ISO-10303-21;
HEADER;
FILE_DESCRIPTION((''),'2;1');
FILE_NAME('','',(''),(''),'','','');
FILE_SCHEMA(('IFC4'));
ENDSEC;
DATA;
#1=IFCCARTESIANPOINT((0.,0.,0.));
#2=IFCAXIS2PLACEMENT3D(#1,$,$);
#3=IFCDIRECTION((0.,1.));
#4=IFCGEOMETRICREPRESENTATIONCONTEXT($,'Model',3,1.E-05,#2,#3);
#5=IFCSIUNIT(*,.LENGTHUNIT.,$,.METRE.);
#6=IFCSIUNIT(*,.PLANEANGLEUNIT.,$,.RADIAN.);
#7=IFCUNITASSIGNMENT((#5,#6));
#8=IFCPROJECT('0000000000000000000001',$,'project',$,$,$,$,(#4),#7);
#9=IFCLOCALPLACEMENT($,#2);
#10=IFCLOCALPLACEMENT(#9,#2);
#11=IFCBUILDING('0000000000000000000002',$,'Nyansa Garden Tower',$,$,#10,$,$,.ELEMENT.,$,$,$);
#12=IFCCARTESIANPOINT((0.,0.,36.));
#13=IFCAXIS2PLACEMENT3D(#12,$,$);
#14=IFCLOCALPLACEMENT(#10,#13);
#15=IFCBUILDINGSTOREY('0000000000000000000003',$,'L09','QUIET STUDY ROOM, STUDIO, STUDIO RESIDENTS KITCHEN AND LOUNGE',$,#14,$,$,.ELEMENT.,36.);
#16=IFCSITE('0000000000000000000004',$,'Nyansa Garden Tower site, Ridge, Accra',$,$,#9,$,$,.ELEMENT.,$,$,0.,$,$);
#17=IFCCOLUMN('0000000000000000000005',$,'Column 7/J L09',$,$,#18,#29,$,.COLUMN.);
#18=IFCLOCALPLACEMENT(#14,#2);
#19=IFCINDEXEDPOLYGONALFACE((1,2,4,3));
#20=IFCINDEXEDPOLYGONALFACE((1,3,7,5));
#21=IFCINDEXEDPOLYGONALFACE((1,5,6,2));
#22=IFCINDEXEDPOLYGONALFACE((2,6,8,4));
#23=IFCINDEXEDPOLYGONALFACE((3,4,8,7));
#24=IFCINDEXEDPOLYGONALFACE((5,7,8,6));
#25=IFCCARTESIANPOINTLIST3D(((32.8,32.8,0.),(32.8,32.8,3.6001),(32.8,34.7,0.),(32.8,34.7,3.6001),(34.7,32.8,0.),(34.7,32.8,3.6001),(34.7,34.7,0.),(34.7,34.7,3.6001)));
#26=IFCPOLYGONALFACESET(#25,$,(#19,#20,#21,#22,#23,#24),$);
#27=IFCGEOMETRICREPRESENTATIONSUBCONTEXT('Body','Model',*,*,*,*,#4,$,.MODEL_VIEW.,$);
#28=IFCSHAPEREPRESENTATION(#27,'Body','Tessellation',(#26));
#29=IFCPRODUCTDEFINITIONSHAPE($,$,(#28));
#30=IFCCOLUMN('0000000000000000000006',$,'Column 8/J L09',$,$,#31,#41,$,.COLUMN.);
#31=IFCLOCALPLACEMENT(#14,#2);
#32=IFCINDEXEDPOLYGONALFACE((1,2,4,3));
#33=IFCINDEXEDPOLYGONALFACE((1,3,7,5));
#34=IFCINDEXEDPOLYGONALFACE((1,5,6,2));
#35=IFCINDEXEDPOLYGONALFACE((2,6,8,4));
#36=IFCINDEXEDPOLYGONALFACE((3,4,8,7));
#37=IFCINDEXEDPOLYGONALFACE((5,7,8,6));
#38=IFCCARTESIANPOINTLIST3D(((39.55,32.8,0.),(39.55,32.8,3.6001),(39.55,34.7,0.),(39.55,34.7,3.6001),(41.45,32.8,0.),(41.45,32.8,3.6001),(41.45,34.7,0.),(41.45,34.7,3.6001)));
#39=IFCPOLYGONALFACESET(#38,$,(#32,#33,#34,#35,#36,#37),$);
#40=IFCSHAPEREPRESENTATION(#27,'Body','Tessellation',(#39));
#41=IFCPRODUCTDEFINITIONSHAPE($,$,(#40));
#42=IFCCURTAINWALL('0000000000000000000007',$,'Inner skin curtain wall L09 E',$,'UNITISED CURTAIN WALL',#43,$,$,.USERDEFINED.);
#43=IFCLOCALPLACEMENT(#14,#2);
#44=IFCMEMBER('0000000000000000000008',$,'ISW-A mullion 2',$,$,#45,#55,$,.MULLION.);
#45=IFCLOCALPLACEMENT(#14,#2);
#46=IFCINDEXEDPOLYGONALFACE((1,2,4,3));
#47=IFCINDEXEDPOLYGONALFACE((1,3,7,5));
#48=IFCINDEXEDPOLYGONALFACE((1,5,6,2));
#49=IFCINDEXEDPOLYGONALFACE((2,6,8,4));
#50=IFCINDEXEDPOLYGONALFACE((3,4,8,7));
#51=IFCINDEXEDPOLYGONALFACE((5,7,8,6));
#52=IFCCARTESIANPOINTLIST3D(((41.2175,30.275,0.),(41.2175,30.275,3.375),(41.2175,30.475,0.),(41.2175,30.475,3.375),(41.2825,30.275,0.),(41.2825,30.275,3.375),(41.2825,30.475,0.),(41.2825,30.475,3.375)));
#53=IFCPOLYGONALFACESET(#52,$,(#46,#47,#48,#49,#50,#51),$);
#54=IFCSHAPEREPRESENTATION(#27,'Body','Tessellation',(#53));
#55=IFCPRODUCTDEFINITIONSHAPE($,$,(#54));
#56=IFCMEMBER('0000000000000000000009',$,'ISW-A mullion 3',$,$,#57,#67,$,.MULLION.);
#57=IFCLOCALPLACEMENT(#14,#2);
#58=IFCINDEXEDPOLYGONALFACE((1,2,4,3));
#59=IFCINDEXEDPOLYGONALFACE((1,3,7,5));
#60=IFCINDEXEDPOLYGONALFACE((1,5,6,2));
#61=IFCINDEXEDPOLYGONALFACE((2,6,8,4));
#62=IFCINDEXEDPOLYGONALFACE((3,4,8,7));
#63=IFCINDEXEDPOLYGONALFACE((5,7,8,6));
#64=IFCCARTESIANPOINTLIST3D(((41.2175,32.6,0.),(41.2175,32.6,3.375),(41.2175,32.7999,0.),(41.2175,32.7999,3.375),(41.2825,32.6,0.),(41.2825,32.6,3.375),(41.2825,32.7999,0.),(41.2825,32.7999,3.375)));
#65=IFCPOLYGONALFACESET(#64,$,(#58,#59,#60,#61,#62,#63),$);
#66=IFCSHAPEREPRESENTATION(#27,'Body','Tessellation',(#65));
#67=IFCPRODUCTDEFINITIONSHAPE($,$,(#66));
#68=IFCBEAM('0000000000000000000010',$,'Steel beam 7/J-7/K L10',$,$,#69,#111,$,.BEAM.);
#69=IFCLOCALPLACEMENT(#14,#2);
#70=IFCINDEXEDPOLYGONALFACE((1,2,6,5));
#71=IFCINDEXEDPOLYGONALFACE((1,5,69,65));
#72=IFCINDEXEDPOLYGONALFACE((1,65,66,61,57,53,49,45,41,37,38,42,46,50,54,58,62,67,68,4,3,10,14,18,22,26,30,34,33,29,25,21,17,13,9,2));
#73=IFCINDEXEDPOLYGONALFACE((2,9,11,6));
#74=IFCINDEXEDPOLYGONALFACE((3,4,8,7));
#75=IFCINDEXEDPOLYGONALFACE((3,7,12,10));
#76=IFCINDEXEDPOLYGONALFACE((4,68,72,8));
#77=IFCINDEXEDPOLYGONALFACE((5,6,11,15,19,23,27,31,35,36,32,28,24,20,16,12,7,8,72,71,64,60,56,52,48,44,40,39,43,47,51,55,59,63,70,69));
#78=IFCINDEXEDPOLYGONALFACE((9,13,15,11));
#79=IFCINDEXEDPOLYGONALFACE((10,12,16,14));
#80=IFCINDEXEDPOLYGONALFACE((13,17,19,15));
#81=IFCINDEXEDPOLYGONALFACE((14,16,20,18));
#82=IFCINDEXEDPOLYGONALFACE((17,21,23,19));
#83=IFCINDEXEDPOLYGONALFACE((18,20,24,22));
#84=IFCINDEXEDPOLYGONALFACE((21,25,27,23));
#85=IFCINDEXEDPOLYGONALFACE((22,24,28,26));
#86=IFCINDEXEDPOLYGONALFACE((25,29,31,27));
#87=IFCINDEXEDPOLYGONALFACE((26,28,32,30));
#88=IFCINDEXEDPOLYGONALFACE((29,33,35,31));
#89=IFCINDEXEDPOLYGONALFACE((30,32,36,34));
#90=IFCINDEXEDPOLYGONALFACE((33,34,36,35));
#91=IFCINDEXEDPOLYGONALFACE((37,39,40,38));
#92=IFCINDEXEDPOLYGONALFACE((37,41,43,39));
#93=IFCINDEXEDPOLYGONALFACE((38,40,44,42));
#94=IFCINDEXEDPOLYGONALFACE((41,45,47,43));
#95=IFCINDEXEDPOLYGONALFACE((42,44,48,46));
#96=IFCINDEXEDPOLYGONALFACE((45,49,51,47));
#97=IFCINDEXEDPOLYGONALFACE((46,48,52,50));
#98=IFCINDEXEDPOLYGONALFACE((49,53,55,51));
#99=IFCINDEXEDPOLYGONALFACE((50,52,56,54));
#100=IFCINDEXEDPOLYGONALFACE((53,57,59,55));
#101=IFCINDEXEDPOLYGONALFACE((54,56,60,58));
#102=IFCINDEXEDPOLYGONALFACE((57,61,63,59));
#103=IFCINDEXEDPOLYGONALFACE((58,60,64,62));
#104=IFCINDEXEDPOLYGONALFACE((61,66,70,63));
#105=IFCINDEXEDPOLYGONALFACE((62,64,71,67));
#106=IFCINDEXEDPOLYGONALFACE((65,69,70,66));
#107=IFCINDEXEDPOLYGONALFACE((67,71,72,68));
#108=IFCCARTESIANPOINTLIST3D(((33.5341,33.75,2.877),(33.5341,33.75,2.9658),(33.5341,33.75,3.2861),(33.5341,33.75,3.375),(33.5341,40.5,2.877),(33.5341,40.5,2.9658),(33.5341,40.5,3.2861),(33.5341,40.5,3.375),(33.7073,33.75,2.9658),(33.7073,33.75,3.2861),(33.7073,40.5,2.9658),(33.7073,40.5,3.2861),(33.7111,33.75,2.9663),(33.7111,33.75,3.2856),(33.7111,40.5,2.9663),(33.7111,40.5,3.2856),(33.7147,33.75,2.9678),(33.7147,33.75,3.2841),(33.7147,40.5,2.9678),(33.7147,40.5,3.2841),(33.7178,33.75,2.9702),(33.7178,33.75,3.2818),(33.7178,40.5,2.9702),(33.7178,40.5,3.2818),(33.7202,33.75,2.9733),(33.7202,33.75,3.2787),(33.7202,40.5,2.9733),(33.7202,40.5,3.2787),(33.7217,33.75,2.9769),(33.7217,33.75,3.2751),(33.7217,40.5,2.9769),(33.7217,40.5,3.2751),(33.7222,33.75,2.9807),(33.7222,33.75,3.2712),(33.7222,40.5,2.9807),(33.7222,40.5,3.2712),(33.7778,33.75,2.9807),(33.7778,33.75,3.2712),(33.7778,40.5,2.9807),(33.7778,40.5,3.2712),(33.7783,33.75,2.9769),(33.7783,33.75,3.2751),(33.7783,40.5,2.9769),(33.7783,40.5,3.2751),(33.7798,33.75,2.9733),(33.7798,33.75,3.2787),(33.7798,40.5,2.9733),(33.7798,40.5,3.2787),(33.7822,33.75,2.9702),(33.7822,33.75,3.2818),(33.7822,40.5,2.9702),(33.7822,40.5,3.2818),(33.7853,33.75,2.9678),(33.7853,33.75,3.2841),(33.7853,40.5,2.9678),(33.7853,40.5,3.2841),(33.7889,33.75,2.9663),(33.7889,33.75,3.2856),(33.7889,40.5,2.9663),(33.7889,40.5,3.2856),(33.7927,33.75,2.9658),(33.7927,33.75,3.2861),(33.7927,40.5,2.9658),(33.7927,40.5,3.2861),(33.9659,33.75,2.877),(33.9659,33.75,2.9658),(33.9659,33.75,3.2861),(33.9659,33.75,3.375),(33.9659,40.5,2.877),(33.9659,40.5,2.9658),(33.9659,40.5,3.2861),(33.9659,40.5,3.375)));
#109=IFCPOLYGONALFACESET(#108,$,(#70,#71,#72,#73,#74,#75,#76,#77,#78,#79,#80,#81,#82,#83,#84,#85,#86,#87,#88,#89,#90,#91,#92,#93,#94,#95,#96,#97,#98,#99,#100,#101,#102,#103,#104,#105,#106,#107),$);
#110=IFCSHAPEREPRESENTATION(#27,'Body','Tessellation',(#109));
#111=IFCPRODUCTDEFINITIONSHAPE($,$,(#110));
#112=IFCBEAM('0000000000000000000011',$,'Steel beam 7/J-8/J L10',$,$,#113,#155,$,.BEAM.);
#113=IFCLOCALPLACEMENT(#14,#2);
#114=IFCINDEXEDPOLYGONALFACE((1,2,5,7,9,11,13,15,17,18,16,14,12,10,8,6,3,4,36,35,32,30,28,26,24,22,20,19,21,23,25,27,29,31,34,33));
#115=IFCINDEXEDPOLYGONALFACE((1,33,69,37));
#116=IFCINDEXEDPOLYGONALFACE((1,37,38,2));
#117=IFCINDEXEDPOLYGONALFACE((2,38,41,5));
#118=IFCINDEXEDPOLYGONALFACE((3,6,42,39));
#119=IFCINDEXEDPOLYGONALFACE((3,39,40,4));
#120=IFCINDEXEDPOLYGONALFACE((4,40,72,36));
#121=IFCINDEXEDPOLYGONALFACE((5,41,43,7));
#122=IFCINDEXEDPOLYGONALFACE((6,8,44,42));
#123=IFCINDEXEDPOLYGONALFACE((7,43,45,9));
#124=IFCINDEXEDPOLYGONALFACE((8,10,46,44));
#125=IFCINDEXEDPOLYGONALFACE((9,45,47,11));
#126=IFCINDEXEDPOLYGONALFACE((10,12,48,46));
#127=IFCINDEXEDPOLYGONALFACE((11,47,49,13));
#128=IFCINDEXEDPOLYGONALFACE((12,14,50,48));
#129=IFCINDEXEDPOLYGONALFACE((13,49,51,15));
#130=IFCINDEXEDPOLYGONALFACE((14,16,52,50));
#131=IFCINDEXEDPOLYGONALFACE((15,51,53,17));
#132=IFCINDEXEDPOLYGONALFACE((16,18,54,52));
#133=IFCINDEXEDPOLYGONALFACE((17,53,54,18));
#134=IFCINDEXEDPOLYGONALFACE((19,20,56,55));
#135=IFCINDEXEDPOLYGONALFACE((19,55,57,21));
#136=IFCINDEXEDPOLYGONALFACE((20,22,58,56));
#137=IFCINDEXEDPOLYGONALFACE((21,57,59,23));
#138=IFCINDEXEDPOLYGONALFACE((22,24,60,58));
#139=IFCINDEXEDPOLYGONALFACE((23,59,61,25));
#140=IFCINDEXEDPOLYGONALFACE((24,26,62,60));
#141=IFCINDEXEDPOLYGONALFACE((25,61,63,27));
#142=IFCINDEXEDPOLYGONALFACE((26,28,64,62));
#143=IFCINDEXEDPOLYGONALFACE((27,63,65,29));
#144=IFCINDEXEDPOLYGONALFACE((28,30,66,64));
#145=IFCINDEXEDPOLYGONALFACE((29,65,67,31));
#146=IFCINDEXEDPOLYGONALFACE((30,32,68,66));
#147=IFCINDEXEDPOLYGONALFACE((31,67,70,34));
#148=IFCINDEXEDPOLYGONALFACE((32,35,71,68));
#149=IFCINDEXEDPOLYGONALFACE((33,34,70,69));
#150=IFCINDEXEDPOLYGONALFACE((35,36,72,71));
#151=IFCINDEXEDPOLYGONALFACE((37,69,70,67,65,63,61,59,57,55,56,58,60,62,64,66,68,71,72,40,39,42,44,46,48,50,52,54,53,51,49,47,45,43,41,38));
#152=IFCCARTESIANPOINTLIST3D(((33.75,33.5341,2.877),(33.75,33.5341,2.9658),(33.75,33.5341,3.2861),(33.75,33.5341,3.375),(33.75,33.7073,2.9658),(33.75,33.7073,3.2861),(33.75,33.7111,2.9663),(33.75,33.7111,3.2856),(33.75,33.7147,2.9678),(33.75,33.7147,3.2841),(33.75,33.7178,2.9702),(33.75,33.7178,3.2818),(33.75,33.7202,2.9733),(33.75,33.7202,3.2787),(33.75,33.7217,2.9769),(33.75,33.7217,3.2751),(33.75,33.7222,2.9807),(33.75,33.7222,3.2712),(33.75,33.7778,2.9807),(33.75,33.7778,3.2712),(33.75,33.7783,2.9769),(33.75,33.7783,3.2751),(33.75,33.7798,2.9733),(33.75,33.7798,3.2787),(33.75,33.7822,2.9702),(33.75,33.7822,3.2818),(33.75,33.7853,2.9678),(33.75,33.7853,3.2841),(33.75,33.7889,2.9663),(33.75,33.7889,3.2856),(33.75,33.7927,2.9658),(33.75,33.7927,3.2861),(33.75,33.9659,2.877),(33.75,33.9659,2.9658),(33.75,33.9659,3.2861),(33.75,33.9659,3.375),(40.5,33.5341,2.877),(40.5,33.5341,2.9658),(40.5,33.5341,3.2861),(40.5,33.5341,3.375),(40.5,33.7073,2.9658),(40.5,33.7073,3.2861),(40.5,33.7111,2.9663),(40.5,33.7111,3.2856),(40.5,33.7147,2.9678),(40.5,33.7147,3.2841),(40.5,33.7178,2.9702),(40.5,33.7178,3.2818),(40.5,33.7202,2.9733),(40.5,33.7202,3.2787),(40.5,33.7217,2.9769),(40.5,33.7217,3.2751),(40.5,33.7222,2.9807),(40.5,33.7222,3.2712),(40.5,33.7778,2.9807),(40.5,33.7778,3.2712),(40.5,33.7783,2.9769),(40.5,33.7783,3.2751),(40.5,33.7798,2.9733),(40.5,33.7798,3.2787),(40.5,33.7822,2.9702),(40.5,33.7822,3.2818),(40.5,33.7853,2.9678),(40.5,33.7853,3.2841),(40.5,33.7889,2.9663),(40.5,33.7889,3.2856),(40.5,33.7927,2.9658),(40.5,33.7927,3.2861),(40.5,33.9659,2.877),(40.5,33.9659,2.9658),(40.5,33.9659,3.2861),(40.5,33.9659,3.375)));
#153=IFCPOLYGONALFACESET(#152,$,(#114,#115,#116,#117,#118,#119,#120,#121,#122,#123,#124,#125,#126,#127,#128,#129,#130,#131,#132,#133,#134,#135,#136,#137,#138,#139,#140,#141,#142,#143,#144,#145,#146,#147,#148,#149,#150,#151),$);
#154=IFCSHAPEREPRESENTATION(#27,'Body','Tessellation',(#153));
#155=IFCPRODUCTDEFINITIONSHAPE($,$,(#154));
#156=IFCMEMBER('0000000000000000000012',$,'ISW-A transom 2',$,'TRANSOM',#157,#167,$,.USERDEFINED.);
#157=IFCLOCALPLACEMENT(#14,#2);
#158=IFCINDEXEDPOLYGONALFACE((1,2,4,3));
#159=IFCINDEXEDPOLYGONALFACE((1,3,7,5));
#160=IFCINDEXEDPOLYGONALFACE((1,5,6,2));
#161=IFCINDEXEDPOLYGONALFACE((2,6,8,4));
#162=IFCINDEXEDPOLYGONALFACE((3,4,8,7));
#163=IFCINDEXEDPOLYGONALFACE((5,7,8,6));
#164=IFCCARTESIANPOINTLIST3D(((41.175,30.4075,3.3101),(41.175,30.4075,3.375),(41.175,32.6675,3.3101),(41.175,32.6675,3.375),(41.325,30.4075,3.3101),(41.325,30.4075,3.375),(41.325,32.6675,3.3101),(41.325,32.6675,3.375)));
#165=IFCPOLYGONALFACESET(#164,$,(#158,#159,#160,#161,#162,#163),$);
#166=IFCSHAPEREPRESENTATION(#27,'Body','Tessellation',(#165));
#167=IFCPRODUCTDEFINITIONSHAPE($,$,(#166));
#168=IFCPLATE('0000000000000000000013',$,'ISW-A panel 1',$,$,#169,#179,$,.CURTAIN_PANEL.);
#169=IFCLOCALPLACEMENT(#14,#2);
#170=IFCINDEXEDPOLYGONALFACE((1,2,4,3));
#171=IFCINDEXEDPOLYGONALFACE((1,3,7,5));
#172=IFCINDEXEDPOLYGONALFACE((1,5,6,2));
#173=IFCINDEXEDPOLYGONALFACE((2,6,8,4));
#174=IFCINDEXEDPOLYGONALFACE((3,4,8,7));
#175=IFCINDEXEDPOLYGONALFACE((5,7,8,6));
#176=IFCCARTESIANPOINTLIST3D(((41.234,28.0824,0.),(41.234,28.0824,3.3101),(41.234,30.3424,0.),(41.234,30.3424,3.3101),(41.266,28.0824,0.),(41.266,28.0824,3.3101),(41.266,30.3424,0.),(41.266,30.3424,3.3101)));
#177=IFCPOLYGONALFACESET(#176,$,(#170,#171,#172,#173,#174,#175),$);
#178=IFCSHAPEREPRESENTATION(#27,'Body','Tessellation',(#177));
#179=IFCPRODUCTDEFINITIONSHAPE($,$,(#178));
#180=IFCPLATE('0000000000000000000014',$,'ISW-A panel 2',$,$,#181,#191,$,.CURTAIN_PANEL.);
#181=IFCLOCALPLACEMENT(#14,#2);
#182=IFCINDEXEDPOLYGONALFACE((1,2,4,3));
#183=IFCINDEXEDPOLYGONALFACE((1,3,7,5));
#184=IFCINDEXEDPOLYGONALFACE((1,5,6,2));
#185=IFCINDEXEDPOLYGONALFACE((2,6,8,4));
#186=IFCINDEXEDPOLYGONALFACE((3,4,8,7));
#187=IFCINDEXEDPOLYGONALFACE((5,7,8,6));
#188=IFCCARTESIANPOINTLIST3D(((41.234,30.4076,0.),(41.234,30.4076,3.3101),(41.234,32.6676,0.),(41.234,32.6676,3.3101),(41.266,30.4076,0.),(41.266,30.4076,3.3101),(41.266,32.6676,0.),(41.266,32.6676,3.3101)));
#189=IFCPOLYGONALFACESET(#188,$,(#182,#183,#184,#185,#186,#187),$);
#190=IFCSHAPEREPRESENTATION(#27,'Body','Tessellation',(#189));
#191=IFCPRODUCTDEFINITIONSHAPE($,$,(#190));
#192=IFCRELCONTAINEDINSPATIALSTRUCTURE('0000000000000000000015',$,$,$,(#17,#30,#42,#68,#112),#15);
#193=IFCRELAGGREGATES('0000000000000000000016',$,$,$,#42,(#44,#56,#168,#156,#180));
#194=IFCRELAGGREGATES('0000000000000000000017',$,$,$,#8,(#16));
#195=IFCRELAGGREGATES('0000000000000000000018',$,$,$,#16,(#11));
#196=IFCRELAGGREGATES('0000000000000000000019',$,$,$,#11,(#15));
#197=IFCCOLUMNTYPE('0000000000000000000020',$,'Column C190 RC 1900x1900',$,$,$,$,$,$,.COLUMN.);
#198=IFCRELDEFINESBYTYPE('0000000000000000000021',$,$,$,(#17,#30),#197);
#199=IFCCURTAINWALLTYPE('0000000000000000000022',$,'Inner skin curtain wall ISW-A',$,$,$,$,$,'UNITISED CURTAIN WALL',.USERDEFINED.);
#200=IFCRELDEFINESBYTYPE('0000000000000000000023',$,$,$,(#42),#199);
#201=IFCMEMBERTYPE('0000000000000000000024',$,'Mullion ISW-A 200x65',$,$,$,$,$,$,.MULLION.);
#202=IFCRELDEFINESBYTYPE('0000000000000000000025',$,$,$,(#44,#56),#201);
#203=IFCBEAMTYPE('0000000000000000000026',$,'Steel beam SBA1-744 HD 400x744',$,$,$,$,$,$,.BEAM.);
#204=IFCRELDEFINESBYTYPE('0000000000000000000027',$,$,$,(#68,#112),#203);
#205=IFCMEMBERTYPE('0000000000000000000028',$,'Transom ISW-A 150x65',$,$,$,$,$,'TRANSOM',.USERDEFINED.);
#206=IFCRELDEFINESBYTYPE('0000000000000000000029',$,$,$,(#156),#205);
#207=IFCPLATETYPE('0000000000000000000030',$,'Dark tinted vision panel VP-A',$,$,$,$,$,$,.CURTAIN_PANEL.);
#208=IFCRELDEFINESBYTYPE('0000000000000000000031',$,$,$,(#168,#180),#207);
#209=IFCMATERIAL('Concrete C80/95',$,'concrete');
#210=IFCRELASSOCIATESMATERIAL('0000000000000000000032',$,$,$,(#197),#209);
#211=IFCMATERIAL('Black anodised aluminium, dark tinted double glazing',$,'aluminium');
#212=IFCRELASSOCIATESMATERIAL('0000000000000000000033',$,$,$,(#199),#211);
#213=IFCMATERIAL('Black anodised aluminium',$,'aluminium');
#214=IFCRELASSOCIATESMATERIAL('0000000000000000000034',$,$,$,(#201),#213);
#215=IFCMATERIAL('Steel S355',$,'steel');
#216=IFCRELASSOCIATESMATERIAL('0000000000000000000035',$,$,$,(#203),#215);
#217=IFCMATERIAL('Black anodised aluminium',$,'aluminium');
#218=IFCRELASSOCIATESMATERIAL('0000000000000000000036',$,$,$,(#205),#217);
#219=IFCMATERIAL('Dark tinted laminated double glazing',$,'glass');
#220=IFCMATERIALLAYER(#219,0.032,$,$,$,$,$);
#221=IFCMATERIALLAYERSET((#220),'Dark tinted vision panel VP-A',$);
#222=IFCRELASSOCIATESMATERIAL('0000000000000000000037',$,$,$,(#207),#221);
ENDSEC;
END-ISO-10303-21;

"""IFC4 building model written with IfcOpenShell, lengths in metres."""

from ifc_helpers import new_model, si_unit, direction, frame, origin, origin_2d, place, context, subcontext, project, spatial, rectangle, i_section, extrude, material, layer, layer_set, material_profile, profile_set, type_object, element, aggregate, save


model = new_model("IFC4")

# Units and contexts
model_context = context("Model", 3, precision=1e-05, world=origin(), true_north=direction((0.0, 1.0)))
body_context = subcontext(model_context, "Body", "Model", "MODEL_VIEW")
ifc_project = project(units=[si_unit("LENGTHUNIT", "METRE"), si_unit("PLANEANGLEUNIT", "RADIAN")], contexts=[model_context])

# Site, building, storey
site_placement = place(None, origin())
site = spatial("IfcSite", under=ifc_project, at=site_placement, Name="Nyansa Garden Tower site, Ridge, Accra", CompositionType="ELEMENT", RefElevation=0.0)
building_placement = place(site_placement, origin())
building = spatial("IfcBuilding", under=site, at=building_placement, Name="Nyansa Garden Tower", CompositionType="ELEMENT")
storey_placement = place(building_placement, frame((0.0, 0.0, 36.0)))
storey = spatial("IfcBuildingStorey", under=building, at=storey_placement, Name="L09", Description="QUIET STUDY ROOM, STUDIO, STUDIO RESIDENTS KITCHEN AND LOUNGE", CompositionType="ELEMENT", Elevation=36.0)

# Columns
ifc_material_1 = material(Name="Concrete C80/95", Category="concrete")
ifc_material_profile_1 = material_profile(ifc_material_1, rectangle(XDim=1.8999, YDim=1.8999, at=origin_2d()), Name="RC 1900x1900")
ifc_profile_set_1 = profile_set([ifc_material_profile_1], Name="Concrete C80/95")
column_type = type_object("IfcColumnType", Name="Column C190 RC 1900x1900", PredefinedType="COLUMN", material=ifc_profile_set_1)
for number, where, z_axis, x_axis, name in (
    (1, (33.75, 33.75, 0.0), (0.0, 0.0, 1.0), (1.0, 0.0, 0.0), "Column 7/J L09"),
    (2, (40.5, 33.75, 0.0), (0.0, 0.0, 1.0), (1.0, 0.0, 0.0), "Column 8/J L09"),
):
    element("IfcColumn", number, at=place(storey_placement, frame(where, z_axis=z_axis, x_axis=x_axis)), inside=storey, type_object=column_type, Name=name, PredefinedType="COLUMN", context=body_context, shape_type="SweptSolid", body=[
        extrude(rectangle(XDim=1.8999, YDim=1.8999, at=origin_2d()), origin(), (0.0, 0.0, 1.0), 3.6001),
    ])

# Curtain wall, members
ifc_material_2 = material(Name="Black anodised aluminium, dark tinted double glazing", Category="aluminium")
curtain_wall_type = type_object("IfcCurtainWallType", Name="Inner skin curtain wall ISW-A", ElementType="UNITISED CURTAIN WALL", PredefinedType="USERDEFINED", material=ifc_material_2)
curtain_wall_placement = place(storey_placement, origin())
curtain_wall = element("IfcCurtainWall", 3, at=curtain_wall_placement, inside=storey, type_object=curtain_wall_type, Name="Inner skin curtain wall L09 E", ObjectType="UNITISED CURTAIN WALL", PredefinedType="USERDEFINED")
ifc_material_3 = material(Name="Black anodised aluminium", Category="aluminium")
ifc_material_profile_2 = material_profile(ifc_material_3, rectangle(XDim=0.0649, YDim=0.2, at=origin_2d()), Name="Mullion 200x65")
ifc_profile_set_2 = profile_set([ifc_material_profile_2], Name="Black anodised aluminium")
member_type_1 = type_object("IfcMemberType", Name="Mullion ISW-A 200x65", PredefinedType="MULLION", material=ifc_profile_set_2)
member_1_placement = place(storey_placement, frame((41.25, 30.375, 0.0), z_axis=(0.0, 0.0, 1.0), x_axis=(-1.0, 0.0, 0.0)))
member_1 = element("IfcMember", 4, at=member_1_placement, type_object=member_type_1, Name="ISW-A mullion 2", PredefinedType="MULLION", context=body_context, shape_type="SweptSolid", body=[
    extrude(rectangle(XDim=0.0649, YDim=0.2, at=origin_2d()), origin(), (0.0, 0.0, 1.0), 3.375),
])
member_2_placement = place(storey_placement, frame((41.25, 32.7, 0.0), z_axis=(0.0, 0.0, 1.0), x_axis=(-1.0, 0.0, 0.0)))
member_2 = element("IfcMember", 5, at=member_2_placement, type_object=member_type_1, Name="ISW-A mullion 3", PredefinedType="MULLION", context=body_context, shape_type="SweptSolid", body=[
    extrude(rectangle(XDim=0.0649, YDim=0.2, at=origin_2d()), origin(), (0.0, 0.0, 1.0), 3.375),
])

# Beams
ifc_material_4 = material(Name="Steel S355", Category="steel")
ifc_material_profile_3 = material_profile(ifc_material_4, i_section(OverallWidth=0.4319, OverallDepth=0.498, WebThickness=0.0557, FlangeThickness=0.0889, FilletRadius=0.0149, at=origin_2d()), Name="HD 400x744")
ifc_profile_set_3 = profile_set([ifc_material_profile_3], Name="Steel S355")
beam_type = type_object("IfcBeamType", Name="Steel beam SBA1-744 HD 400x744", PredefinedType="BEAM", material=ifc_profile_set_3)
for number, where, z_axis, x_axis, name in (
    (6, (33.75, 33.75, 3.126), (0.0, 1.0, 0.0), (-1.0, 0.0, 0.0), "Steel beam 7/J-7/K L10"),
    (7, (33.75, 33.75, 3.126), (1.0, 0.0, 0.0), (0.0, 1.0, 0.0), "Steel beam 7/J-8/J L10"),
):
    element("IfcBeam", number, at=place(storey_placement, frame(where, z_axis=z_axis, x_axis=x_axis)), inside=storey, type_object=beam_type, Name=name, PredefinedType="BEAM", context=body_context, shape_type="SweptSolid", body=[
        extrude(i_section(OverallWidth=0.4319, OverallDepth=0.498, WebThickness=0.0557, FlangeThickness=0.0889, FilletRadius=0.0149, at=origin_2d()), origin(), (0.0, 0.0, 1.0), 6.75),
    ])

# Member
ifc_material_5 = material(Name="Black anodised aluminium", Category="aluminium")
ifc_material_profile_4 = material_profile(ifc_material_5, rectangle(XDim=0.1499, YDim=0.0649, at=origin_2d()), Name="Transom 150x65")
ifc_profile_set_4 = profile_set([ifc_material_profile_4], Name="Black anodised aluminium")
member_type_2 = type_object("IfcMemberType", Name="Transom ISW-A 150x65", ElementType="TRANSOM", PredefinedType="USERDEFINED", material=ifc_profile_set_4)
member_3_placement = place(storey_placement, frame((41.25, 30.4075, 3.3425), z_axis=(0.0, 1.0, 0.0), x_axis=(-1.0, 0.0, 0.0)))
member_3 = element("IfcMember", 8, at=member_3_placement, type_object=member_type_2, Name="ISW-A transom 2", ObjectType="TRANSOM", PredefinedType="USERDEFINED", context=body_context, shape_type="SweptSolid", body=[
    extrude(rectangle(XDim=0.1499, YDim=0.0649, at=origin_2d()), origin(), (0.0, 0.0, 1.0), 2.26),
])

# Plates
ifc_material_6 = material(Name="Dark tinted laminated double glazing", Category="glass")
ifc_layer_1 = layer(ifc_material_6, 0.032)
ifc_layer_set_1 = layer_set([ifc_layer_1], Name="Dark tinted vision panel VP-A")
plate_type = type_object("IfcPlateType", Name="Dark tinted vision panel VP-A", PredefinedType="CURTAIN_PANEL", material=ifc_layer_set_1)
plate_1_placement = place(storey_placement, frame((41.25, 29.2124, 0.0), z_axis=(0.0, 0.0, 1.0), x_axis=(0.0, 1.0, 0.0)))
plate_1 = element("IfcPlate", 9, at=plate_1_placement, type_object=plate_type, Name="ISW-A panel 1", PredefinedType="CURTAIN_PANEL", context=body_context, shape_type="SweptSolid", body=[
    extrude(rectangle(XDim=2.26, YDim=0.032, at=origin_2d()), origin(), (0.0, 0.0, 1.0), 3.3101),
])
plate_2_placement = place(storey_placement, frame((41.25, 31.5376, 0.0), z_axis=(0.0, 0.0, 1.0), x_axis=(0.0, 1.0, 0.0)))
plate_2 = element("IfcPlate", 10, at=plate_2_placement, type_object=plate_type, Name="ISW-A panel 2", PredefinedType="CURTAIN_PANEL", context=body_context, shape_type="SweptSolid", body=[
    extrude(rectangle(XDim=2.26, YDim=0.032, at=origin_2d()), origin(), (0.0, 0.0, 1.0), 3.3101),
])
aggregate(curtain_wall, [member_1, member_2, plate_1, member_3, plate_2])

save(model, "model.ifc")
